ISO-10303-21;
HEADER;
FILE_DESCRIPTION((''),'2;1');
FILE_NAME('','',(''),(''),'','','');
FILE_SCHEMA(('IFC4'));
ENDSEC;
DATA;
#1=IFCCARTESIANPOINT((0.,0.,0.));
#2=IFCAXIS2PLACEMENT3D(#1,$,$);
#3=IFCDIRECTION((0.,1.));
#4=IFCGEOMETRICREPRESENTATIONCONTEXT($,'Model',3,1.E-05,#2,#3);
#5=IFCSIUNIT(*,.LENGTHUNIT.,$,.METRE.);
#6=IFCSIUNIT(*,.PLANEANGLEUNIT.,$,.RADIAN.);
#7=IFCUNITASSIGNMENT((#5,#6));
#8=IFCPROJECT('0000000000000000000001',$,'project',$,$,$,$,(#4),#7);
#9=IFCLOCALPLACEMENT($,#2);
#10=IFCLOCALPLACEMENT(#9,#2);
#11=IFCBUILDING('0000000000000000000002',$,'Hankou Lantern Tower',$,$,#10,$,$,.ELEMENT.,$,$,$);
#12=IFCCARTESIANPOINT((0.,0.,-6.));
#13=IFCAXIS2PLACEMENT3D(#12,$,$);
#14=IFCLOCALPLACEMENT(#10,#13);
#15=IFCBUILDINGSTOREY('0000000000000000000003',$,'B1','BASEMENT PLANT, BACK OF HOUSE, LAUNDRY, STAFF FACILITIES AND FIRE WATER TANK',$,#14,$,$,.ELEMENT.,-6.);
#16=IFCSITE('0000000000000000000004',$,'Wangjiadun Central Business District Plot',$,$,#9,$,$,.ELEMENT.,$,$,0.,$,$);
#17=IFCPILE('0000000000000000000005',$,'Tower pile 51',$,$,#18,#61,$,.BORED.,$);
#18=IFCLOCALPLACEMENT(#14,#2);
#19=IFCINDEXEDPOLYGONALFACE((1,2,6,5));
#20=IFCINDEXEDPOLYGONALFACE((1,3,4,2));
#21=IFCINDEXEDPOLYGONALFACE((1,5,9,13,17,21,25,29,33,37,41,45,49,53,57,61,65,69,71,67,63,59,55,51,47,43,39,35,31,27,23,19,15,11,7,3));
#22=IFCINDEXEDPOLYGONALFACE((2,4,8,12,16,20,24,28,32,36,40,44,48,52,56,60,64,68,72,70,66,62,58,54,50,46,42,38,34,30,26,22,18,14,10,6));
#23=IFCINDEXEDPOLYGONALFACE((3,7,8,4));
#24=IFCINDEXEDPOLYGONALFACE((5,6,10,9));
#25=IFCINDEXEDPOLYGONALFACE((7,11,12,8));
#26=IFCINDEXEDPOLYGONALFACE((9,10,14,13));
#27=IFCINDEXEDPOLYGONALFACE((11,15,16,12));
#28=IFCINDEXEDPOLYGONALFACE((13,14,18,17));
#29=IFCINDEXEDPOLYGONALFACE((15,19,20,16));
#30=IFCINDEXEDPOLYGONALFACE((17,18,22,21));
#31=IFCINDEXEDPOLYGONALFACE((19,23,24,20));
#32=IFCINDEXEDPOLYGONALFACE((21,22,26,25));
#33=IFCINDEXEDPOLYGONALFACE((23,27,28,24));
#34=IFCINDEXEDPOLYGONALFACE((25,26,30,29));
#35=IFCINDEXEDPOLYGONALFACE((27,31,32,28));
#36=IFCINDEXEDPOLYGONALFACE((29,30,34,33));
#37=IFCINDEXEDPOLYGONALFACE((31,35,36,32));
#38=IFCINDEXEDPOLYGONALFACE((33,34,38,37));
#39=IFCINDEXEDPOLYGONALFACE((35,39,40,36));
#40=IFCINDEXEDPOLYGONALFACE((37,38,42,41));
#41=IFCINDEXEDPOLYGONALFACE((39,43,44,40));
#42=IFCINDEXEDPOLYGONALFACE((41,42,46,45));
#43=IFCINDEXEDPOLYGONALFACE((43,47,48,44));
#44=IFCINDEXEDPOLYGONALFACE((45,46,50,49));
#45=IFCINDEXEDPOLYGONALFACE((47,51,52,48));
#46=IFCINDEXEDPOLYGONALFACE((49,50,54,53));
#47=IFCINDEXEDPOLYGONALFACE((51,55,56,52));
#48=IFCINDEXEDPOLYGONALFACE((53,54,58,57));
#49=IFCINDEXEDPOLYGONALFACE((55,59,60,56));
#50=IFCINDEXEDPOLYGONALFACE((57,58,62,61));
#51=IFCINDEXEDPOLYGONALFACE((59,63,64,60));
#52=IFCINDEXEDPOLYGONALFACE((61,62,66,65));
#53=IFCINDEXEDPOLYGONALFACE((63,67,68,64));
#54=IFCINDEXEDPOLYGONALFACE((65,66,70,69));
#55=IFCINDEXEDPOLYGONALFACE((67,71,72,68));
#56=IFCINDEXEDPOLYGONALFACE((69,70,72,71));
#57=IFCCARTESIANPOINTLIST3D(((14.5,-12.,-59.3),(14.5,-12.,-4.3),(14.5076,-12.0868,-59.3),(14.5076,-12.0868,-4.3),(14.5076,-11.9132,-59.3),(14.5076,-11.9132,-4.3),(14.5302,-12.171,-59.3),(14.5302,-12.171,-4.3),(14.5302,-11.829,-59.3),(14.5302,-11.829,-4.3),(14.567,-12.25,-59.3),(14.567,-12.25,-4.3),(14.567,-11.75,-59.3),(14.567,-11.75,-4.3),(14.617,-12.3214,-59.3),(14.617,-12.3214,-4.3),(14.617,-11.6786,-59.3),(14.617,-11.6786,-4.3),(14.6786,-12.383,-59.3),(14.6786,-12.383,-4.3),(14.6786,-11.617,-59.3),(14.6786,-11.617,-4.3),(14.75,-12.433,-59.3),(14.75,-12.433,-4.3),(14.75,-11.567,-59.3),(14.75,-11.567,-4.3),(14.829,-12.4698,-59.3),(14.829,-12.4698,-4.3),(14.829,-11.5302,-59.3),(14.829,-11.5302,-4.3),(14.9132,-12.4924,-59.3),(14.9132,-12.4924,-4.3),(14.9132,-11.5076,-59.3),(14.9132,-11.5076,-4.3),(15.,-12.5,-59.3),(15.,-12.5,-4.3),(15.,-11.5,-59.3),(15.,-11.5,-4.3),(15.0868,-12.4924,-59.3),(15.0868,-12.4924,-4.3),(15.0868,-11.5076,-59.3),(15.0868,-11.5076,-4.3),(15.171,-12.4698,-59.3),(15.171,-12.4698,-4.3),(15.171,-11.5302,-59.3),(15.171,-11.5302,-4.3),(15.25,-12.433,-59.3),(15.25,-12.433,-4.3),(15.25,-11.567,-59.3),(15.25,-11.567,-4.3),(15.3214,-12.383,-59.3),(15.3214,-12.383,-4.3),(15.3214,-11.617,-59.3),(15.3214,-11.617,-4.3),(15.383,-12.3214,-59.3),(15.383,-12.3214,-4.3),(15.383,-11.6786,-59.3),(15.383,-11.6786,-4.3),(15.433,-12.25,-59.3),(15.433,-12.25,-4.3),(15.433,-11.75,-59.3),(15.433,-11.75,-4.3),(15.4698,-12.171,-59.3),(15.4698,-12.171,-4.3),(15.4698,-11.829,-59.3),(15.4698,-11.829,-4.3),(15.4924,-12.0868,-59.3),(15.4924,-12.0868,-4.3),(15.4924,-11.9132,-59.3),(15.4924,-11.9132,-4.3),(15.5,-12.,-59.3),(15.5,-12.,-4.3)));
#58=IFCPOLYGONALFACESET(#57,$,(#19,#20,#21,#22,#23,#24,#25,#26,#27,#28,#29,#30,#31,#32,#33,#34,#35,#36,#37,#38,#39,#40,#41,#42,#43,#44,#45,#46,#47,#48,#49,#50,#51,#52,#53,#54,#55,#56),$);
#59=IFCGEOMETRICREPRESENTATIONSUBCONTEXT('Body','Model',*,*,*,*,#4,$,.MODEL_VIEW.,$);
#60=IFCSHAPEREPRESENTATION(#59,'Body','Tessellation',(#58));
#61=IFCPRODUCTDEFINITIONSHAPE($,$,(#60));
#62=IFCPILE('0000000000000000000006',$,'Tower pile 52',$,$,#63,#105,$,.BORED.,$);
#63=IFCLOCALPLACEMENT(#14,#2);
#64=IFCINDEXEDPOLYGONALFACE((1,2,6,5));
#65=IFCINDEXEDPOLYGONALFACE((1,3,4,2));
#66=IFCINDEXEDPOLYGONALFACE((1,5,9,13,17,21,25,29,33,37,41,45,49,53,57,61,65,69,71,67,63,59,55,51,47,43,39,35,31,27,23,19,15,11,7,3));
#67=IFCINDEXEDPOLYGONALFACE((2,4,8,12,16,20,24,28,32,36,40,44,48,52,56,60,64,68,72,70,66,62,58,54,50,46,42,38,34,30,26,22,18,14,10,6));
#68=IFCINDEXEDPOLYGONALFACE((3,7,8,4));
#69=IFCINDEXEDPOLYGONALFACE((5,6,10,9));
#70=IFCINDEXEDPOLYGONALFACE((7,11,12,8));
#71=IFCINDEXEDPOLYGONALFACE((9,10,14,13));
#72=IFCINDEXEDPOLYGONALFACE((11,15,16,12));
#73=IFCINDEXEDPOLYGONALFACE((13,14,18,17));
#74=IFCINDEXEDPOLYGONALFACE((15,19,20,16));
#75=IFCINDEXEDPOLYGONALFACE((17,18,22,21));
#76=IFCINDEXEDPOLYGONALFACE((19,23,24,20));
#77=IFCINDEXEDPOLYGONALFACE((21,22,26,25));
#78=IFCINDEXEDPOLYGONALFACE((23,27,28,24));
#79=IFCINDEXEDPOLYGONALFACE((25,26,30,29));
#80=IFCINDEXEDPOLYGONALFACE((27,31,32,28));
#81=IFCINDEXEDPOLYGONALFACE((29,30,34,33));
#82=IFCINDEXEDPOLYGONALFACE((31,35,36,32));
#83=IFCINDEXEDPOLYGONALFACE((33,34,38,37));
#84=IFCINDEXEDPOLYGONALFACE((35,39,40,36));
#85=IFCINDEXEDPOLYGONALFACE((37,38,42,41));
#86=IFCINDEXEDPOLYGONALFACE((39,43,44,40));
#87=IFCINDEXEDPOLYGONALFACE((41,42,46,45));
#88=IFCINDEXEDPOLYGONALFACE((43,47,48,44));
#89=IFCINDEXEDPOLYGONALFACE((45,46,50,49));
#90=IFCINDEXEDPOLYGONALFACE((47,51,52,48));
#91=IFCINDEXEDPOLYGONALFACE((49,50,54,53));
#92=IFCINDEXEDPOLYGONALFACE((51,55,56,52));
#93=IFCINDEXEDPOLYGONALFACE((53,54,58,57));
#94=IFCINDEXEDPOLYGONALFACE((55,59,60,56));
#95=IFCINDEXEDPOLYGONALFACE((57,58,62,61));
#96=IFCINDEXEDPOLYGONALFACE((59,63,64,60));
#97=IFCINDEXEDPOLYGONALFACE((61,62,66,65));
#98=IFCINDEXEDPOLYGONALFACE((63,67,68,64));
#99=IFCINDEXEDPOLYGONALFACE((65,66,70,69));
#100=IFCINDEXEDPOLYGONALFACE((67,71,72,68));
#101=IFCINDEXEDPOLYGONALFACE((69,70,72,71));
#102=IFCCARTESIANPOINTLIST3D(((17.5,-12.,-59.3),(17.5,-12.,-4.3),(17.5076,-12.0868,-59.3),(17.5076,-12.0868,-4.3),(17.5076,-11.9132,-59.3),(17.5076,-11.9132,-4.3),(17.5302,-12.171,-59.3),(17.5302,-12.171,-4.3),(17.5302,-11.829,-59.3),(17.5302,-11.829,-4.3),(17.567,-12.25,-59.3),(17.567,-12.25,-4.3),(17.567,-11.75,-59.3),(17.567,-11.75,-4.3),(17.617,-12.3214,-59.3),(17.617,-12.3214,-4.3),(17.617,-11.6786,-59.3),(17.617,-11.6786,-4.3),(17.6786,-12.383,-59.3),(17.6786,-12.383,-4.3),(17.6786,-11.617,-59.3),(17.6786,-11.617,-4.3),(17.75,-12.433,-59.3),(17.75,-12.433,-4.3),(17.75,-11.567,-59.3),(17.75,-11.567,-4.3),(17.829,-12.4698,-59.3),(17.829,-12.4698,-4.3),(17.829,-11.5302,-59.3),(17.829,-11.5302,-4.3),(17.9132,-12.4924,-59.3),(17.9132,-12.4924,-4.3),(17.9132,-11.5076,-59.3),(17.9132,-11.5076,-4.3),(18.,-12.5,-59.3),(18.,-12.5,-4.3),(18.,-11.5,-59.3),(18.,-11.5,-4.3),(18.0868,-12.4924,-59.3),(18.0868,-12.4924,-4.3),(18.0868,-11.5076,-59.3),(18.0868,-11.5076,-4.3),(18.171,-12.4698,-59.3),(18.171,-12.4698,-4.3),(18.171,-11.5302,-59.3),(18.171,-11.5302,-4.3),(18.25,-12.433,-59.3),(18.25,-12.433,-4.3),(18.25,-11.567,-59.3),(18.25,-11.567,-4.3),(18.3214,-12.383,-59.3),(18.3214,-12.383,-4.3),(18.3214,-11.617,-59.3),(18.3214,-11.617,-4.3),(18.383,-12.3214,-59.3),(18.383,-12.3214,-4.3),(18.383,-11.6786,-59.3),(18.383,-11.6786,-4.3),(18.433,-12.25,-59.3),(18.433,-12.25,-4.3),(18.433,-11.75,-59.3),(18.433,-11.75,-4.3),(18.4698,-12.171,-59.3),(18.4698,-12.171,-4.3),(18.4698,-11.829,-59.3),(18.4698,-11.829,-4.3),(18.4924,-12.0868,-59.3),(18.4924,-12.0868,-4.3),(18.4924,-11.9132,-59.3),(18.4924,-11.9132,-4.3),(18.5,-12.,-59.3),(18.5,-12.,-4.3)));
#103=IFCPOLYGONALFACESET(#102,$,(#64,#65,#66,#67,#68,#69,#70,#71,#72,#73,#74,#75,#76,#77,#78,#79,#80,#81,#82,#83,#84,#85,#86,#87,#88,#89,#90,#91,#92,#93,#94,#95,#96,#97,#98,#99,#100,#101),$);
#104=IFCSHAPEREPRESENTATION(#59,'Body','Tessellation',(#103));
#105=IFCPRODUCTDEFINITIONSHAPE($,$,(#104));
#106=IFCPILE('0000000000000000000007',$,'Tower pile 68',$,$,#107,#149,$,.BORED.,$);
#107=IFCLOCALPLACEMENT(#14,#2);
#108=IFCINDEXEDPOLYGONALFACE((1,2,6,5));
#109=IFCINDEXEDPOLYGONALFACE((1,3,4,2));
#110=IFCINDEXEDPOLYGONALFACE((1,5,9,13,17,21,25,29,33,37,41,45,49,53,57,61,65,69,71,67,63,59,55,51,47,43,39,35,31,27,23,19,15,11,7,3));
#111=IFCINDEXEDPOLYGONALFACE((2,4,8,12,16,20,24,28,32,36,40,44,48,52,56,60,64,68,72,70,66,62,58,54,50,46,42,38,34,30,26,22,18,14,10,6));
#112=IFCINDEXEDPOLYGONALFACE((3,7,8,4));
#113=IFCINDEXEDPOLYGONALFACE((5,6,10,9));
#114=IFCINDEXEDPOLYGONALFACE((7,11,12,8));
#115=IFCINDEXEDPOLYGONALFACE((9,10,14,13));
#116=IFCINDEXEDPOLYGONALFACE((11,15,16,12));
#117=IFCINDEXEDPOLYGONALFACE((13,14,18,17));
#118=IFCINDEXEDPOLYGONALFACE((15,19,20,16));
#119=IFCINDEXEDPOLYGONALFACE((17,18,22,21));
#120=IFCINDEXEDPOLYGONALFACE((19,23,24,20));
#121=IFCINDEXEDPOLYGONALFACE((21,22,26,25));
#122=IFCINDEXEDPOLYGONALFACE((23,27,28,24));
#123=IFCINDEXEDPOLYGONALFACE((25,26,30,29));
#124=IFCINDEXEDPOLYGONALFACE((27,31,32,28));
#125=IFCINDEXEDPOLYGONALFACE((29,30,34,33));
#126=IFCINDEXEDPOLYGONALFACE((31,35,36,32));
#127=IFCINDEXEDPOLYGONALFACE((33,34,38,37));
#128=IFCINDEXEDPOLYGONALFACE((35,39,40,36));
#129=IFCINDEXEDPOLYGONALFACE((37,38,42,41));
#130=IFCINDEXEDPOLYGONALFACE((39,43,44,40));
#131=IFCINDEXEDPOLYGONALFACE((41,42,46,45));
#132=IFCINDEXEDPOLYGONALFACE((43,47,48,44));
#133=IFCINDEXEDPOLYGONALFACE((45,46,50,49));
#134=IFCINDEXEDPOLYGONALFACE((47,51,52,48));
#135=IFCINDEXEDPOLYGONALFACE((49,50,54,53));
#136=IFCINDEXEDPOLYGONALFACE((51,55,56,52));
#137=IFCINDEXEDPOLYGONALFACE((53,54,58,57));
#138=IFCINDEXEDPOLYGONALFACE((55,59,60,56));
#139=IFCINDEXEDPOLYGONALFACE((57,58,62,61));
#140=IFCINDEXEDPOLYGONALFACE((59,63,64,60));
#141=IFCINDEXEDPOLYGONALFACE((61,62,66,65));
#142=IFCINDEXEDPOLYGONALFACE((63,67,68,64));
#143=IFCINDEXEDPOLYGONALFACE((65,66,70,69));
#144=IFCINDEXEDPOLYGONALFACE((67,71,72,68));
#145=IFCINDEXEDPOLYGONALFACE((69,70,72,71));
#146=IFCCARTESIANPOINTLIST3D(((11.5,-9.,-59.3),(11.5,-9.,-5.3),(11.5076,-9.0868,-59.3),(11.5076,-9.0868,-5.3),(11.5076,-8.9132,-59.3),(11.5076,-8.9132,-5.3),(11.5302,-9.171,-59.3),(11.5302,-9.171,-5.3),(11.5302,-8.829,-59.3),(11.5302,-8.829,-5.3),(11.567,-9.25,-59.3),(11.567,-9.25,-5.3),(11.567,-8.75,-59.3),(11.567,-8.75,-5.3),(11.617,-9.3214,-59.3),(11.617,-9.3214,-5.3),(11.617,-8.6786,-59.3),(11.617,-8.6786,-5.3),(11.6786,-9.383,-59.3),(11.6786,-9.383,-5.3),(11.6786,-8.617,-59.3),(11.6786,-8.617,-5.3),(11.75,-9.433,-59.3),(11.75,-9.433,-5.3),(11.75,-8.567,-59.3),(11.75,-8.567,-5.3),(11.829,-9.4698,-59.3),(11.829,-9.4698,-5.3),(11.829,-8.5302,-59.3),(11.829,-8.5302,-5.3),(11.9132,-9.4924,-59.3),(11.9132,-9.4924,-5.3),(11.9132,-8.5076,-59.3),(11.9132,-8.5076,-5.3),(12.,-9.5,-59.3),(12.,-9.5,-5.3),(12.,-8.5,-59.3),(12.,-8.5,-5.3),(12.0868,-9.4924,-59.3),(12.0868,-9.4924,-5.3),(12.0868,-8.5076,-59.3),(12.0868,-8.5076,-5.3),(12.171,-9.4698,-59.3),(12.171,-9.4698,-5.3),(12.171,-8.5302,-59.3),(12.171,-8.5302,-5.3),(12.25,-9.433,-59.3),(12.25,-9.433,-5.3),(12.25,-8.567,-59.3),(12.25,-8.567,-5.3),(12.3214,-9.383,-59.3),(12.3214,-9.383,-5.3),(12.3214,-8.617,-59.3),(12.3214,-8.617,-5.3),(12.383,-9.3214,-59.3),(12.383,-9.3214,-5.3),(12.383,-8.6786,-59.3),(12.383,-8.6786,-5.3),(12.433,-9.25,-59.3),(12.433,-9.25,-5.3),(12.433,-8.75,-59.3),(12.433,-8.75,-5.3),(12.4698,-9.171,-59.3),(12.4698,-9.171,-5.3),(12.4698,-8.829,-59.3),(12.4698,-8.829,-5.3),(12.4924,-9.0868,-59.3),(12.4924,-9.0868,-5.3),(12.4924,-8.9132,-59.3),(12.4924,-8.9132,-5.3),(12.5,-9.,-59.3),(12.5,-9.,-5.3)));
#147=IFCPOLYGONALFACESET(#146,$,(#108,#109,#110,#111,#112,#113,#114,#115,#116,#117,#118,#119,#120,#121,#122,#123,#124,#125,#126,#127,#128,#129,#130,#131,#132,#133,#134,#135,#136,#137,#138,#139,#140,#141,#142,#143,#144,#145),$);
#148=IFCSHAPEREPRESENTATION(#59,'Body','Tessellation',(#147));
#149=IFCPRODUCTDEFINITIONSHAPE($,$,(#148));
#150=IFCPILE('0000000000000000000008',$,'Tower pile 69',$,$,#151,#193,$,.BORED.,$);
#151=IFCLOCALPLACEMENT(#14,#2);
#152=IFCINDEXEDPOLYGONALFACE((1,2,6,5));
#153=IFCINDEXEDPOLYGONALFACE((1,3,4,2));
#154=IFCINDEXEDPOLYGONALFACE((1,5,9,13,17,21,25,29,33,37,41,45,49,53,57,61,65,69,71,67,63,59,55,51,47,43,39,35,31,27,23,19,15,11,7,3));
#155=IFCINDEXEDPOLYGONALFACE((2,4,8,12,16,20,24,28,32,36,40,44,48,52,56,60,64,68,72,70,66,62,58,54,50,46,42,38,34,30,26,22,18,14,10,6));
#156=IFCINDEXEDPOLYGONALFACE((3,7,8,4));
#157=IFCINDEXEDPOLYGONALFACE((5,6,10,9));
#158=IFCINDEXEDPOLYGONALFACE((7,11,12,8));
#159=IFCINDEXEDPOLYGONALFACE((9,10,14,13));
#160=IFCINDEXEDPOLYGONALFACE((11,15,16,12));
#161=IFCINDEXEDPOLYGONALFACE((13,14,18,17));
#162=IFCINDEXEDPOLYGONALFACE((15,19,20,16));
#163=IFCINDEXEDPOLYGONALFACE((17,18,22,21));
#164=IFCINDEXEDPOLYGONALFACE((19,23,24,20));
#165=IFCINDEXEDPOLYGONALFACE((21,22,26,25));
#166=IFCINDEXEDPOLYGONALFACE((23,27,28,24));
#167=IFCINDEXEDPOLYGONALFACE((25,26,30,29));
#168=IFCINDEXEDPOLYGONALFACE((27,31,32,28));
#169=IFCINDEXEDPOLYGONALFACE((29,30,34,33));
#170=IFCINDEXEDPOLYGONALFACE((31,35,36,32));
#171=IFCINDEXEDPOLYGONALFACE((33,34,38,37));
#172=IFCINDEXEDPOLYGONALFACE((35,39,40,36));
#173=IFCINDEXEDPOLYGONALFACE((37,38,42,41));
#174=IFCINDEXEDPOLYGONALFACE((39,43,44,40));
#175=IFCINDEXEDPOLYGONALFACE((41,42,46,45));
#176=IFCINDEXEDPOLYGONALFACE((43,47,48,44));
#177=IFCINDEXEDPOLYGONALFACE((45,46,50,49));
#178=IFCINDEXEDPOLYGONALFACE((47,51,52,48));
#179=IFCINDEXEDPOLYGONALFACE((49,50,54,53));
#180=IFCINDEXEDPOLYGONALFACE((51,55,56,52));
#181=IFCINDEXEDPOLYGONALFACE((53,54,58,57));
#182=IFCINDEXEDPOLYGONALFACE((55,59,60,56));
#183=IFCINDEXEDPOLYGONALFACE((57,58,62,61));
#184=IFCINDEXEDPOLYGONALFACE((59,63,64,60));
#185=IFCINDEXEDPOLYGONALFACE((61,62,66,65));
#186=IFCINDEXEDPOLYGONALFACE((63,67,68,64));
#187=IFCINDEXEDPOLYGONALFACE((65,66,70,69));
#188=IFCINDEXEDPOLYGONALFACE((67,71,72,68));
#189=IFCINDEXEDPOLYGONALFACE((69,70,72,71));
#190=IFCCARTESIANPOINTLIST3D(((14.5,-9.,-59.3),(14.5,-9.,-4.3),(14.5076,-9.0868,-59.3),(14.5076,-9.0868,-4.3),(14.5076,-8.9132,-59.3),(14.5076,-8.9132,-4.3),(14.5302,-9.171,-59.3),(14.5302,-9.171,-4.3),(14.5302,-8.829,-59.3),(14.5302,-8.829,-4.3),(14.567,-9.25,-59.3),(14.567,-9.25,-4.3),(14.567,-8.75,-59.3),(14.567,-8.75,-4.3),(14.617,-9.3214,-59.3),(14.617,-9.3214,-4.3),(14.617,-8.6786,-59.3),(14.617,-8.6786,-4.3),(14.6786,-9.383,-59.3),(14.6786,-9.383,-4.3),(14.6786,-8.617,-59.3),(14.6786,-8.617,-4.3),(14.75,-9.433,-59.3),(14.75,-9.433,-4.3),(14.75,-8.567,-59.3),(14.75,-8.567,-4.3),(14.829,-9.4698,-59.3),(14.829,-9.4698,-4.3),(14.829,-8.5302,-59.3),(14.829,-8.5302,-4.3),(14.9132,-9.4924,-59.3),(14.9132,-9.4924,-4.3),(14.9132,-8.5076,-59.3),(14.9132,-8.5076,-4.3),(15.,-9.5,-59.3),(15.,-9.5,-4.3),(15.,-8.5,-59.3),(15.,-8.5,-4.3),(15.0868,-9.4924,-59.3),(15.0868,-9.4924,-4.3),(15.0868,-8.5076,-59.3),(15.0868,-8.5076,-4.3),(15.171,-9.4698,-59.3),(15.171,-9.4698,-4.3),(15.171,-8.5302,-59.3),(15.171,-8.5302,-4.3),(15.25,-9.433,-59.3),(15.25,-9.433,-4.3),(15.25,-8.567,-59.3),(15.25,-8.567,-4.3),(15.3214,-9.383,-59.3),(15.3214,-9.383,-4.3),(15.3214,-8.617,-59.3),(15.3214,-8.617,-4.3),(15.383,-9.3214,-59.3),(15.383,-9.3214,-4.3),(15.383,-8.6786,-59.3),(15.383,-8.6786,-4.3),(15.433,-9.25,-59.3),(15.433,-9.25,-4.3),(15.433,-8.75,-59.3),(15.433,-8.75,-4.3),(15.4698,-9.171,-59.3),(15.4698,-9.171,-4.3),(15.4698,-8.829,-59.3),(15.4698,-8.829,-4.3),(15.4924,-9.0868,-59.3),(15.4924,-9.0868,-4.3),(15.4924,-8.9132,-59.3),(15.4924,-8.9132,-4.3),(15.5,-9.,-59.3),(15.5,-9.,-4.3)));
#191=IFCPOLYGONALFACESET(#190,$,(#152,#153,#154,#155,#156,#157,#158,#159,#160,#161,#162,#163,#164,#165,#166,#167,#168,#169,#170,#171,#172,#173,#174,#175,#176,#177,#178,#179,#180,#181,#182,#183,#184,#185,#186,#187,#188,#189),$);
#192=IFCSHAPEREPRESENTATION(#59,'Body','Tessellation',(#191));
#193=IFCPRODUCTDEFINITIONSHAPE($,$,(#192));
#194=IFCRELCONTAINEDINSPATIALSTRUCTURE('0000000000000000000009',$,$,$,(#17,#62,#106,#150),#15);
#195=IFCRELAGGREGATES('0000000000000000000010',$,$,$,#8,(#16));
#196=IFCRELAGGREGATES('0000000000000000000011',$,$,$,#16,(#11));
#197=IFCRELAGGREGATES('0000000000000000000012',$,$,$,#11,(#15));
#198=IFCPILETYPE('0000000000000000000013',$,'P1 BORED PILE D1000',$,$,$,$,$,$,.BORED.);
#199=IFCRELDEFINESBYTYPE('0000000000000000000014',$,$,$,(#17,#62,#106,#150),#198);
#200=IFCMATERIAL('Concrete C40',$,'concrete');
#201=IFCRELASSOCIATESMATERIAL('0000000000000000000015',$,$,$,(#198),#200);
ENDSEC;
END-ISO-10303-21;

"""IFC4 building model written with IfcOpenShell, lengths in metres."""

from ifc_helpers import new_model, si_unit, direction, frame, origin, origin_2d, place, context, subcontext, project, spatial, circle, extrude, material, material_profile, profile_set, type_object, element, save


model = new_model("IFC4")

# Units and contexts
model_context = context("Model", 3, precision=1e-05, world=origin(), true_north=direction((0.0, 1.0)))
body_context = subcontext(model_context, "Body", "Model", "MODEL_VIEW")
ifc_project = project(units=[si_unit("LENGTHUNIT", "METRE"), si_unit("PLANEANGLEUNIT", "RADIAN")], contexts=[model_context])

# Site, building, storey
site_placement = place(None, origin())
site = spatial("IfcSite", under=ifc_project, at=site_placement, Name="Wangjiadun Central Business District Plot", CompositionType="ELEMENT", RefElevation=0.0)
building_placement = place(site_placement, origin())
building = spatial("IfcBuilding", under=site, at=building_placement, Name="Hankou Lantern Tower", CompositionType="ELEMENT")
storey_placement = place(building_placement, frame((0.0, 0.0, -6.0)))
storey = spatial("IfcBuildingStorey", under=building, at=storey_placement, Name="B1", Description="BASEMENT PLANT, BACK OF HOUSE, LAUNDRY, STAFF FACILITIES AND FIRE WATER TANK", CompositionType="ELEMENT", Elevation=-6.0)

# Piles
ifc_material_1 = material(Name="Concrete C40", Category="concrete")
ifc_material_profile_1 = material_profile(ifc_material_1, circle(Radius=0.5, at=origin_2d()), Name="RC D1000")
ifc_profile_set_1 = profile_set([ifc_material_profile_1], Name="Concrete C40")
pile_type_1 = type_object("IfcPileType", Name="P1 BORED PILE D1000", PredefinedType="BORED", material=ifc_profile_set_1)
for number, where, z_axis, x_axis, name in (
    (1, (15.0, -12.0, -4.3), (0.0, 0.0, -1.0), (1.0, 0.0, 0.0), "Tower pile 51"),
    (2, (18.0, -12.0, -4.3), (0.0, 0.0, -1.0), (1.0, 0.0, 0.0), "Tower pile 52"),
):
    element("IfcPile", number, at=place(storey_placement, frame(where, z_axis=z_axis, x_axis=x_axis)), inside=storey, type_object=pile_type_1, Name=name, PredefinedType="BORED", context=body_context, shape_type="SweptSolid", body=[
        extrude(circle(Radius=0.5, at=origin_2d()), origin(), (0.0, 0.0, 1.0), 55.0),
    ])
pile_1_placement = place(storey_placement, frame((12.0, -9.0, -5.3), z_axis=(0.0, 0.0, -1.0), x_axis=(1.0, 0.0, 0.0)))
element("IfcPile", 3, at=pile_1_placement, inside=storey, type_object=pile_type_1, Name="Tower pile 68", PredefinedType="BORED", context=body_context, shape_type="SweptSolid", body=[
    extrude(circle(Radius=0.5, at=origin_2d()), origin(), (0.0, 0.0, 1.0), 54.0),
])
for number, where, z_axis, x_axis, name in (
    (4, (15.0, -9.0, -4.3), (0.0, 0.0, -1.0), (1.0, 0.0, 0.0), "Tower pile 69"),
):
    element("IfcPile", number, at=place(storey_placement, frame(where, z_axis=z_axis, x_axis=x_axis)), inside=storey, type_object=pile_type_1, Name=name, PredefinedType="BORED", context=body_context, shape_type="SweptSolid", body=[
        extrude(circle(Radius=0.5, at=origin_2d()), origin(), (0.0, 0.0, 1.0), 55.0),
    ])

save(model, "model.ifc")
